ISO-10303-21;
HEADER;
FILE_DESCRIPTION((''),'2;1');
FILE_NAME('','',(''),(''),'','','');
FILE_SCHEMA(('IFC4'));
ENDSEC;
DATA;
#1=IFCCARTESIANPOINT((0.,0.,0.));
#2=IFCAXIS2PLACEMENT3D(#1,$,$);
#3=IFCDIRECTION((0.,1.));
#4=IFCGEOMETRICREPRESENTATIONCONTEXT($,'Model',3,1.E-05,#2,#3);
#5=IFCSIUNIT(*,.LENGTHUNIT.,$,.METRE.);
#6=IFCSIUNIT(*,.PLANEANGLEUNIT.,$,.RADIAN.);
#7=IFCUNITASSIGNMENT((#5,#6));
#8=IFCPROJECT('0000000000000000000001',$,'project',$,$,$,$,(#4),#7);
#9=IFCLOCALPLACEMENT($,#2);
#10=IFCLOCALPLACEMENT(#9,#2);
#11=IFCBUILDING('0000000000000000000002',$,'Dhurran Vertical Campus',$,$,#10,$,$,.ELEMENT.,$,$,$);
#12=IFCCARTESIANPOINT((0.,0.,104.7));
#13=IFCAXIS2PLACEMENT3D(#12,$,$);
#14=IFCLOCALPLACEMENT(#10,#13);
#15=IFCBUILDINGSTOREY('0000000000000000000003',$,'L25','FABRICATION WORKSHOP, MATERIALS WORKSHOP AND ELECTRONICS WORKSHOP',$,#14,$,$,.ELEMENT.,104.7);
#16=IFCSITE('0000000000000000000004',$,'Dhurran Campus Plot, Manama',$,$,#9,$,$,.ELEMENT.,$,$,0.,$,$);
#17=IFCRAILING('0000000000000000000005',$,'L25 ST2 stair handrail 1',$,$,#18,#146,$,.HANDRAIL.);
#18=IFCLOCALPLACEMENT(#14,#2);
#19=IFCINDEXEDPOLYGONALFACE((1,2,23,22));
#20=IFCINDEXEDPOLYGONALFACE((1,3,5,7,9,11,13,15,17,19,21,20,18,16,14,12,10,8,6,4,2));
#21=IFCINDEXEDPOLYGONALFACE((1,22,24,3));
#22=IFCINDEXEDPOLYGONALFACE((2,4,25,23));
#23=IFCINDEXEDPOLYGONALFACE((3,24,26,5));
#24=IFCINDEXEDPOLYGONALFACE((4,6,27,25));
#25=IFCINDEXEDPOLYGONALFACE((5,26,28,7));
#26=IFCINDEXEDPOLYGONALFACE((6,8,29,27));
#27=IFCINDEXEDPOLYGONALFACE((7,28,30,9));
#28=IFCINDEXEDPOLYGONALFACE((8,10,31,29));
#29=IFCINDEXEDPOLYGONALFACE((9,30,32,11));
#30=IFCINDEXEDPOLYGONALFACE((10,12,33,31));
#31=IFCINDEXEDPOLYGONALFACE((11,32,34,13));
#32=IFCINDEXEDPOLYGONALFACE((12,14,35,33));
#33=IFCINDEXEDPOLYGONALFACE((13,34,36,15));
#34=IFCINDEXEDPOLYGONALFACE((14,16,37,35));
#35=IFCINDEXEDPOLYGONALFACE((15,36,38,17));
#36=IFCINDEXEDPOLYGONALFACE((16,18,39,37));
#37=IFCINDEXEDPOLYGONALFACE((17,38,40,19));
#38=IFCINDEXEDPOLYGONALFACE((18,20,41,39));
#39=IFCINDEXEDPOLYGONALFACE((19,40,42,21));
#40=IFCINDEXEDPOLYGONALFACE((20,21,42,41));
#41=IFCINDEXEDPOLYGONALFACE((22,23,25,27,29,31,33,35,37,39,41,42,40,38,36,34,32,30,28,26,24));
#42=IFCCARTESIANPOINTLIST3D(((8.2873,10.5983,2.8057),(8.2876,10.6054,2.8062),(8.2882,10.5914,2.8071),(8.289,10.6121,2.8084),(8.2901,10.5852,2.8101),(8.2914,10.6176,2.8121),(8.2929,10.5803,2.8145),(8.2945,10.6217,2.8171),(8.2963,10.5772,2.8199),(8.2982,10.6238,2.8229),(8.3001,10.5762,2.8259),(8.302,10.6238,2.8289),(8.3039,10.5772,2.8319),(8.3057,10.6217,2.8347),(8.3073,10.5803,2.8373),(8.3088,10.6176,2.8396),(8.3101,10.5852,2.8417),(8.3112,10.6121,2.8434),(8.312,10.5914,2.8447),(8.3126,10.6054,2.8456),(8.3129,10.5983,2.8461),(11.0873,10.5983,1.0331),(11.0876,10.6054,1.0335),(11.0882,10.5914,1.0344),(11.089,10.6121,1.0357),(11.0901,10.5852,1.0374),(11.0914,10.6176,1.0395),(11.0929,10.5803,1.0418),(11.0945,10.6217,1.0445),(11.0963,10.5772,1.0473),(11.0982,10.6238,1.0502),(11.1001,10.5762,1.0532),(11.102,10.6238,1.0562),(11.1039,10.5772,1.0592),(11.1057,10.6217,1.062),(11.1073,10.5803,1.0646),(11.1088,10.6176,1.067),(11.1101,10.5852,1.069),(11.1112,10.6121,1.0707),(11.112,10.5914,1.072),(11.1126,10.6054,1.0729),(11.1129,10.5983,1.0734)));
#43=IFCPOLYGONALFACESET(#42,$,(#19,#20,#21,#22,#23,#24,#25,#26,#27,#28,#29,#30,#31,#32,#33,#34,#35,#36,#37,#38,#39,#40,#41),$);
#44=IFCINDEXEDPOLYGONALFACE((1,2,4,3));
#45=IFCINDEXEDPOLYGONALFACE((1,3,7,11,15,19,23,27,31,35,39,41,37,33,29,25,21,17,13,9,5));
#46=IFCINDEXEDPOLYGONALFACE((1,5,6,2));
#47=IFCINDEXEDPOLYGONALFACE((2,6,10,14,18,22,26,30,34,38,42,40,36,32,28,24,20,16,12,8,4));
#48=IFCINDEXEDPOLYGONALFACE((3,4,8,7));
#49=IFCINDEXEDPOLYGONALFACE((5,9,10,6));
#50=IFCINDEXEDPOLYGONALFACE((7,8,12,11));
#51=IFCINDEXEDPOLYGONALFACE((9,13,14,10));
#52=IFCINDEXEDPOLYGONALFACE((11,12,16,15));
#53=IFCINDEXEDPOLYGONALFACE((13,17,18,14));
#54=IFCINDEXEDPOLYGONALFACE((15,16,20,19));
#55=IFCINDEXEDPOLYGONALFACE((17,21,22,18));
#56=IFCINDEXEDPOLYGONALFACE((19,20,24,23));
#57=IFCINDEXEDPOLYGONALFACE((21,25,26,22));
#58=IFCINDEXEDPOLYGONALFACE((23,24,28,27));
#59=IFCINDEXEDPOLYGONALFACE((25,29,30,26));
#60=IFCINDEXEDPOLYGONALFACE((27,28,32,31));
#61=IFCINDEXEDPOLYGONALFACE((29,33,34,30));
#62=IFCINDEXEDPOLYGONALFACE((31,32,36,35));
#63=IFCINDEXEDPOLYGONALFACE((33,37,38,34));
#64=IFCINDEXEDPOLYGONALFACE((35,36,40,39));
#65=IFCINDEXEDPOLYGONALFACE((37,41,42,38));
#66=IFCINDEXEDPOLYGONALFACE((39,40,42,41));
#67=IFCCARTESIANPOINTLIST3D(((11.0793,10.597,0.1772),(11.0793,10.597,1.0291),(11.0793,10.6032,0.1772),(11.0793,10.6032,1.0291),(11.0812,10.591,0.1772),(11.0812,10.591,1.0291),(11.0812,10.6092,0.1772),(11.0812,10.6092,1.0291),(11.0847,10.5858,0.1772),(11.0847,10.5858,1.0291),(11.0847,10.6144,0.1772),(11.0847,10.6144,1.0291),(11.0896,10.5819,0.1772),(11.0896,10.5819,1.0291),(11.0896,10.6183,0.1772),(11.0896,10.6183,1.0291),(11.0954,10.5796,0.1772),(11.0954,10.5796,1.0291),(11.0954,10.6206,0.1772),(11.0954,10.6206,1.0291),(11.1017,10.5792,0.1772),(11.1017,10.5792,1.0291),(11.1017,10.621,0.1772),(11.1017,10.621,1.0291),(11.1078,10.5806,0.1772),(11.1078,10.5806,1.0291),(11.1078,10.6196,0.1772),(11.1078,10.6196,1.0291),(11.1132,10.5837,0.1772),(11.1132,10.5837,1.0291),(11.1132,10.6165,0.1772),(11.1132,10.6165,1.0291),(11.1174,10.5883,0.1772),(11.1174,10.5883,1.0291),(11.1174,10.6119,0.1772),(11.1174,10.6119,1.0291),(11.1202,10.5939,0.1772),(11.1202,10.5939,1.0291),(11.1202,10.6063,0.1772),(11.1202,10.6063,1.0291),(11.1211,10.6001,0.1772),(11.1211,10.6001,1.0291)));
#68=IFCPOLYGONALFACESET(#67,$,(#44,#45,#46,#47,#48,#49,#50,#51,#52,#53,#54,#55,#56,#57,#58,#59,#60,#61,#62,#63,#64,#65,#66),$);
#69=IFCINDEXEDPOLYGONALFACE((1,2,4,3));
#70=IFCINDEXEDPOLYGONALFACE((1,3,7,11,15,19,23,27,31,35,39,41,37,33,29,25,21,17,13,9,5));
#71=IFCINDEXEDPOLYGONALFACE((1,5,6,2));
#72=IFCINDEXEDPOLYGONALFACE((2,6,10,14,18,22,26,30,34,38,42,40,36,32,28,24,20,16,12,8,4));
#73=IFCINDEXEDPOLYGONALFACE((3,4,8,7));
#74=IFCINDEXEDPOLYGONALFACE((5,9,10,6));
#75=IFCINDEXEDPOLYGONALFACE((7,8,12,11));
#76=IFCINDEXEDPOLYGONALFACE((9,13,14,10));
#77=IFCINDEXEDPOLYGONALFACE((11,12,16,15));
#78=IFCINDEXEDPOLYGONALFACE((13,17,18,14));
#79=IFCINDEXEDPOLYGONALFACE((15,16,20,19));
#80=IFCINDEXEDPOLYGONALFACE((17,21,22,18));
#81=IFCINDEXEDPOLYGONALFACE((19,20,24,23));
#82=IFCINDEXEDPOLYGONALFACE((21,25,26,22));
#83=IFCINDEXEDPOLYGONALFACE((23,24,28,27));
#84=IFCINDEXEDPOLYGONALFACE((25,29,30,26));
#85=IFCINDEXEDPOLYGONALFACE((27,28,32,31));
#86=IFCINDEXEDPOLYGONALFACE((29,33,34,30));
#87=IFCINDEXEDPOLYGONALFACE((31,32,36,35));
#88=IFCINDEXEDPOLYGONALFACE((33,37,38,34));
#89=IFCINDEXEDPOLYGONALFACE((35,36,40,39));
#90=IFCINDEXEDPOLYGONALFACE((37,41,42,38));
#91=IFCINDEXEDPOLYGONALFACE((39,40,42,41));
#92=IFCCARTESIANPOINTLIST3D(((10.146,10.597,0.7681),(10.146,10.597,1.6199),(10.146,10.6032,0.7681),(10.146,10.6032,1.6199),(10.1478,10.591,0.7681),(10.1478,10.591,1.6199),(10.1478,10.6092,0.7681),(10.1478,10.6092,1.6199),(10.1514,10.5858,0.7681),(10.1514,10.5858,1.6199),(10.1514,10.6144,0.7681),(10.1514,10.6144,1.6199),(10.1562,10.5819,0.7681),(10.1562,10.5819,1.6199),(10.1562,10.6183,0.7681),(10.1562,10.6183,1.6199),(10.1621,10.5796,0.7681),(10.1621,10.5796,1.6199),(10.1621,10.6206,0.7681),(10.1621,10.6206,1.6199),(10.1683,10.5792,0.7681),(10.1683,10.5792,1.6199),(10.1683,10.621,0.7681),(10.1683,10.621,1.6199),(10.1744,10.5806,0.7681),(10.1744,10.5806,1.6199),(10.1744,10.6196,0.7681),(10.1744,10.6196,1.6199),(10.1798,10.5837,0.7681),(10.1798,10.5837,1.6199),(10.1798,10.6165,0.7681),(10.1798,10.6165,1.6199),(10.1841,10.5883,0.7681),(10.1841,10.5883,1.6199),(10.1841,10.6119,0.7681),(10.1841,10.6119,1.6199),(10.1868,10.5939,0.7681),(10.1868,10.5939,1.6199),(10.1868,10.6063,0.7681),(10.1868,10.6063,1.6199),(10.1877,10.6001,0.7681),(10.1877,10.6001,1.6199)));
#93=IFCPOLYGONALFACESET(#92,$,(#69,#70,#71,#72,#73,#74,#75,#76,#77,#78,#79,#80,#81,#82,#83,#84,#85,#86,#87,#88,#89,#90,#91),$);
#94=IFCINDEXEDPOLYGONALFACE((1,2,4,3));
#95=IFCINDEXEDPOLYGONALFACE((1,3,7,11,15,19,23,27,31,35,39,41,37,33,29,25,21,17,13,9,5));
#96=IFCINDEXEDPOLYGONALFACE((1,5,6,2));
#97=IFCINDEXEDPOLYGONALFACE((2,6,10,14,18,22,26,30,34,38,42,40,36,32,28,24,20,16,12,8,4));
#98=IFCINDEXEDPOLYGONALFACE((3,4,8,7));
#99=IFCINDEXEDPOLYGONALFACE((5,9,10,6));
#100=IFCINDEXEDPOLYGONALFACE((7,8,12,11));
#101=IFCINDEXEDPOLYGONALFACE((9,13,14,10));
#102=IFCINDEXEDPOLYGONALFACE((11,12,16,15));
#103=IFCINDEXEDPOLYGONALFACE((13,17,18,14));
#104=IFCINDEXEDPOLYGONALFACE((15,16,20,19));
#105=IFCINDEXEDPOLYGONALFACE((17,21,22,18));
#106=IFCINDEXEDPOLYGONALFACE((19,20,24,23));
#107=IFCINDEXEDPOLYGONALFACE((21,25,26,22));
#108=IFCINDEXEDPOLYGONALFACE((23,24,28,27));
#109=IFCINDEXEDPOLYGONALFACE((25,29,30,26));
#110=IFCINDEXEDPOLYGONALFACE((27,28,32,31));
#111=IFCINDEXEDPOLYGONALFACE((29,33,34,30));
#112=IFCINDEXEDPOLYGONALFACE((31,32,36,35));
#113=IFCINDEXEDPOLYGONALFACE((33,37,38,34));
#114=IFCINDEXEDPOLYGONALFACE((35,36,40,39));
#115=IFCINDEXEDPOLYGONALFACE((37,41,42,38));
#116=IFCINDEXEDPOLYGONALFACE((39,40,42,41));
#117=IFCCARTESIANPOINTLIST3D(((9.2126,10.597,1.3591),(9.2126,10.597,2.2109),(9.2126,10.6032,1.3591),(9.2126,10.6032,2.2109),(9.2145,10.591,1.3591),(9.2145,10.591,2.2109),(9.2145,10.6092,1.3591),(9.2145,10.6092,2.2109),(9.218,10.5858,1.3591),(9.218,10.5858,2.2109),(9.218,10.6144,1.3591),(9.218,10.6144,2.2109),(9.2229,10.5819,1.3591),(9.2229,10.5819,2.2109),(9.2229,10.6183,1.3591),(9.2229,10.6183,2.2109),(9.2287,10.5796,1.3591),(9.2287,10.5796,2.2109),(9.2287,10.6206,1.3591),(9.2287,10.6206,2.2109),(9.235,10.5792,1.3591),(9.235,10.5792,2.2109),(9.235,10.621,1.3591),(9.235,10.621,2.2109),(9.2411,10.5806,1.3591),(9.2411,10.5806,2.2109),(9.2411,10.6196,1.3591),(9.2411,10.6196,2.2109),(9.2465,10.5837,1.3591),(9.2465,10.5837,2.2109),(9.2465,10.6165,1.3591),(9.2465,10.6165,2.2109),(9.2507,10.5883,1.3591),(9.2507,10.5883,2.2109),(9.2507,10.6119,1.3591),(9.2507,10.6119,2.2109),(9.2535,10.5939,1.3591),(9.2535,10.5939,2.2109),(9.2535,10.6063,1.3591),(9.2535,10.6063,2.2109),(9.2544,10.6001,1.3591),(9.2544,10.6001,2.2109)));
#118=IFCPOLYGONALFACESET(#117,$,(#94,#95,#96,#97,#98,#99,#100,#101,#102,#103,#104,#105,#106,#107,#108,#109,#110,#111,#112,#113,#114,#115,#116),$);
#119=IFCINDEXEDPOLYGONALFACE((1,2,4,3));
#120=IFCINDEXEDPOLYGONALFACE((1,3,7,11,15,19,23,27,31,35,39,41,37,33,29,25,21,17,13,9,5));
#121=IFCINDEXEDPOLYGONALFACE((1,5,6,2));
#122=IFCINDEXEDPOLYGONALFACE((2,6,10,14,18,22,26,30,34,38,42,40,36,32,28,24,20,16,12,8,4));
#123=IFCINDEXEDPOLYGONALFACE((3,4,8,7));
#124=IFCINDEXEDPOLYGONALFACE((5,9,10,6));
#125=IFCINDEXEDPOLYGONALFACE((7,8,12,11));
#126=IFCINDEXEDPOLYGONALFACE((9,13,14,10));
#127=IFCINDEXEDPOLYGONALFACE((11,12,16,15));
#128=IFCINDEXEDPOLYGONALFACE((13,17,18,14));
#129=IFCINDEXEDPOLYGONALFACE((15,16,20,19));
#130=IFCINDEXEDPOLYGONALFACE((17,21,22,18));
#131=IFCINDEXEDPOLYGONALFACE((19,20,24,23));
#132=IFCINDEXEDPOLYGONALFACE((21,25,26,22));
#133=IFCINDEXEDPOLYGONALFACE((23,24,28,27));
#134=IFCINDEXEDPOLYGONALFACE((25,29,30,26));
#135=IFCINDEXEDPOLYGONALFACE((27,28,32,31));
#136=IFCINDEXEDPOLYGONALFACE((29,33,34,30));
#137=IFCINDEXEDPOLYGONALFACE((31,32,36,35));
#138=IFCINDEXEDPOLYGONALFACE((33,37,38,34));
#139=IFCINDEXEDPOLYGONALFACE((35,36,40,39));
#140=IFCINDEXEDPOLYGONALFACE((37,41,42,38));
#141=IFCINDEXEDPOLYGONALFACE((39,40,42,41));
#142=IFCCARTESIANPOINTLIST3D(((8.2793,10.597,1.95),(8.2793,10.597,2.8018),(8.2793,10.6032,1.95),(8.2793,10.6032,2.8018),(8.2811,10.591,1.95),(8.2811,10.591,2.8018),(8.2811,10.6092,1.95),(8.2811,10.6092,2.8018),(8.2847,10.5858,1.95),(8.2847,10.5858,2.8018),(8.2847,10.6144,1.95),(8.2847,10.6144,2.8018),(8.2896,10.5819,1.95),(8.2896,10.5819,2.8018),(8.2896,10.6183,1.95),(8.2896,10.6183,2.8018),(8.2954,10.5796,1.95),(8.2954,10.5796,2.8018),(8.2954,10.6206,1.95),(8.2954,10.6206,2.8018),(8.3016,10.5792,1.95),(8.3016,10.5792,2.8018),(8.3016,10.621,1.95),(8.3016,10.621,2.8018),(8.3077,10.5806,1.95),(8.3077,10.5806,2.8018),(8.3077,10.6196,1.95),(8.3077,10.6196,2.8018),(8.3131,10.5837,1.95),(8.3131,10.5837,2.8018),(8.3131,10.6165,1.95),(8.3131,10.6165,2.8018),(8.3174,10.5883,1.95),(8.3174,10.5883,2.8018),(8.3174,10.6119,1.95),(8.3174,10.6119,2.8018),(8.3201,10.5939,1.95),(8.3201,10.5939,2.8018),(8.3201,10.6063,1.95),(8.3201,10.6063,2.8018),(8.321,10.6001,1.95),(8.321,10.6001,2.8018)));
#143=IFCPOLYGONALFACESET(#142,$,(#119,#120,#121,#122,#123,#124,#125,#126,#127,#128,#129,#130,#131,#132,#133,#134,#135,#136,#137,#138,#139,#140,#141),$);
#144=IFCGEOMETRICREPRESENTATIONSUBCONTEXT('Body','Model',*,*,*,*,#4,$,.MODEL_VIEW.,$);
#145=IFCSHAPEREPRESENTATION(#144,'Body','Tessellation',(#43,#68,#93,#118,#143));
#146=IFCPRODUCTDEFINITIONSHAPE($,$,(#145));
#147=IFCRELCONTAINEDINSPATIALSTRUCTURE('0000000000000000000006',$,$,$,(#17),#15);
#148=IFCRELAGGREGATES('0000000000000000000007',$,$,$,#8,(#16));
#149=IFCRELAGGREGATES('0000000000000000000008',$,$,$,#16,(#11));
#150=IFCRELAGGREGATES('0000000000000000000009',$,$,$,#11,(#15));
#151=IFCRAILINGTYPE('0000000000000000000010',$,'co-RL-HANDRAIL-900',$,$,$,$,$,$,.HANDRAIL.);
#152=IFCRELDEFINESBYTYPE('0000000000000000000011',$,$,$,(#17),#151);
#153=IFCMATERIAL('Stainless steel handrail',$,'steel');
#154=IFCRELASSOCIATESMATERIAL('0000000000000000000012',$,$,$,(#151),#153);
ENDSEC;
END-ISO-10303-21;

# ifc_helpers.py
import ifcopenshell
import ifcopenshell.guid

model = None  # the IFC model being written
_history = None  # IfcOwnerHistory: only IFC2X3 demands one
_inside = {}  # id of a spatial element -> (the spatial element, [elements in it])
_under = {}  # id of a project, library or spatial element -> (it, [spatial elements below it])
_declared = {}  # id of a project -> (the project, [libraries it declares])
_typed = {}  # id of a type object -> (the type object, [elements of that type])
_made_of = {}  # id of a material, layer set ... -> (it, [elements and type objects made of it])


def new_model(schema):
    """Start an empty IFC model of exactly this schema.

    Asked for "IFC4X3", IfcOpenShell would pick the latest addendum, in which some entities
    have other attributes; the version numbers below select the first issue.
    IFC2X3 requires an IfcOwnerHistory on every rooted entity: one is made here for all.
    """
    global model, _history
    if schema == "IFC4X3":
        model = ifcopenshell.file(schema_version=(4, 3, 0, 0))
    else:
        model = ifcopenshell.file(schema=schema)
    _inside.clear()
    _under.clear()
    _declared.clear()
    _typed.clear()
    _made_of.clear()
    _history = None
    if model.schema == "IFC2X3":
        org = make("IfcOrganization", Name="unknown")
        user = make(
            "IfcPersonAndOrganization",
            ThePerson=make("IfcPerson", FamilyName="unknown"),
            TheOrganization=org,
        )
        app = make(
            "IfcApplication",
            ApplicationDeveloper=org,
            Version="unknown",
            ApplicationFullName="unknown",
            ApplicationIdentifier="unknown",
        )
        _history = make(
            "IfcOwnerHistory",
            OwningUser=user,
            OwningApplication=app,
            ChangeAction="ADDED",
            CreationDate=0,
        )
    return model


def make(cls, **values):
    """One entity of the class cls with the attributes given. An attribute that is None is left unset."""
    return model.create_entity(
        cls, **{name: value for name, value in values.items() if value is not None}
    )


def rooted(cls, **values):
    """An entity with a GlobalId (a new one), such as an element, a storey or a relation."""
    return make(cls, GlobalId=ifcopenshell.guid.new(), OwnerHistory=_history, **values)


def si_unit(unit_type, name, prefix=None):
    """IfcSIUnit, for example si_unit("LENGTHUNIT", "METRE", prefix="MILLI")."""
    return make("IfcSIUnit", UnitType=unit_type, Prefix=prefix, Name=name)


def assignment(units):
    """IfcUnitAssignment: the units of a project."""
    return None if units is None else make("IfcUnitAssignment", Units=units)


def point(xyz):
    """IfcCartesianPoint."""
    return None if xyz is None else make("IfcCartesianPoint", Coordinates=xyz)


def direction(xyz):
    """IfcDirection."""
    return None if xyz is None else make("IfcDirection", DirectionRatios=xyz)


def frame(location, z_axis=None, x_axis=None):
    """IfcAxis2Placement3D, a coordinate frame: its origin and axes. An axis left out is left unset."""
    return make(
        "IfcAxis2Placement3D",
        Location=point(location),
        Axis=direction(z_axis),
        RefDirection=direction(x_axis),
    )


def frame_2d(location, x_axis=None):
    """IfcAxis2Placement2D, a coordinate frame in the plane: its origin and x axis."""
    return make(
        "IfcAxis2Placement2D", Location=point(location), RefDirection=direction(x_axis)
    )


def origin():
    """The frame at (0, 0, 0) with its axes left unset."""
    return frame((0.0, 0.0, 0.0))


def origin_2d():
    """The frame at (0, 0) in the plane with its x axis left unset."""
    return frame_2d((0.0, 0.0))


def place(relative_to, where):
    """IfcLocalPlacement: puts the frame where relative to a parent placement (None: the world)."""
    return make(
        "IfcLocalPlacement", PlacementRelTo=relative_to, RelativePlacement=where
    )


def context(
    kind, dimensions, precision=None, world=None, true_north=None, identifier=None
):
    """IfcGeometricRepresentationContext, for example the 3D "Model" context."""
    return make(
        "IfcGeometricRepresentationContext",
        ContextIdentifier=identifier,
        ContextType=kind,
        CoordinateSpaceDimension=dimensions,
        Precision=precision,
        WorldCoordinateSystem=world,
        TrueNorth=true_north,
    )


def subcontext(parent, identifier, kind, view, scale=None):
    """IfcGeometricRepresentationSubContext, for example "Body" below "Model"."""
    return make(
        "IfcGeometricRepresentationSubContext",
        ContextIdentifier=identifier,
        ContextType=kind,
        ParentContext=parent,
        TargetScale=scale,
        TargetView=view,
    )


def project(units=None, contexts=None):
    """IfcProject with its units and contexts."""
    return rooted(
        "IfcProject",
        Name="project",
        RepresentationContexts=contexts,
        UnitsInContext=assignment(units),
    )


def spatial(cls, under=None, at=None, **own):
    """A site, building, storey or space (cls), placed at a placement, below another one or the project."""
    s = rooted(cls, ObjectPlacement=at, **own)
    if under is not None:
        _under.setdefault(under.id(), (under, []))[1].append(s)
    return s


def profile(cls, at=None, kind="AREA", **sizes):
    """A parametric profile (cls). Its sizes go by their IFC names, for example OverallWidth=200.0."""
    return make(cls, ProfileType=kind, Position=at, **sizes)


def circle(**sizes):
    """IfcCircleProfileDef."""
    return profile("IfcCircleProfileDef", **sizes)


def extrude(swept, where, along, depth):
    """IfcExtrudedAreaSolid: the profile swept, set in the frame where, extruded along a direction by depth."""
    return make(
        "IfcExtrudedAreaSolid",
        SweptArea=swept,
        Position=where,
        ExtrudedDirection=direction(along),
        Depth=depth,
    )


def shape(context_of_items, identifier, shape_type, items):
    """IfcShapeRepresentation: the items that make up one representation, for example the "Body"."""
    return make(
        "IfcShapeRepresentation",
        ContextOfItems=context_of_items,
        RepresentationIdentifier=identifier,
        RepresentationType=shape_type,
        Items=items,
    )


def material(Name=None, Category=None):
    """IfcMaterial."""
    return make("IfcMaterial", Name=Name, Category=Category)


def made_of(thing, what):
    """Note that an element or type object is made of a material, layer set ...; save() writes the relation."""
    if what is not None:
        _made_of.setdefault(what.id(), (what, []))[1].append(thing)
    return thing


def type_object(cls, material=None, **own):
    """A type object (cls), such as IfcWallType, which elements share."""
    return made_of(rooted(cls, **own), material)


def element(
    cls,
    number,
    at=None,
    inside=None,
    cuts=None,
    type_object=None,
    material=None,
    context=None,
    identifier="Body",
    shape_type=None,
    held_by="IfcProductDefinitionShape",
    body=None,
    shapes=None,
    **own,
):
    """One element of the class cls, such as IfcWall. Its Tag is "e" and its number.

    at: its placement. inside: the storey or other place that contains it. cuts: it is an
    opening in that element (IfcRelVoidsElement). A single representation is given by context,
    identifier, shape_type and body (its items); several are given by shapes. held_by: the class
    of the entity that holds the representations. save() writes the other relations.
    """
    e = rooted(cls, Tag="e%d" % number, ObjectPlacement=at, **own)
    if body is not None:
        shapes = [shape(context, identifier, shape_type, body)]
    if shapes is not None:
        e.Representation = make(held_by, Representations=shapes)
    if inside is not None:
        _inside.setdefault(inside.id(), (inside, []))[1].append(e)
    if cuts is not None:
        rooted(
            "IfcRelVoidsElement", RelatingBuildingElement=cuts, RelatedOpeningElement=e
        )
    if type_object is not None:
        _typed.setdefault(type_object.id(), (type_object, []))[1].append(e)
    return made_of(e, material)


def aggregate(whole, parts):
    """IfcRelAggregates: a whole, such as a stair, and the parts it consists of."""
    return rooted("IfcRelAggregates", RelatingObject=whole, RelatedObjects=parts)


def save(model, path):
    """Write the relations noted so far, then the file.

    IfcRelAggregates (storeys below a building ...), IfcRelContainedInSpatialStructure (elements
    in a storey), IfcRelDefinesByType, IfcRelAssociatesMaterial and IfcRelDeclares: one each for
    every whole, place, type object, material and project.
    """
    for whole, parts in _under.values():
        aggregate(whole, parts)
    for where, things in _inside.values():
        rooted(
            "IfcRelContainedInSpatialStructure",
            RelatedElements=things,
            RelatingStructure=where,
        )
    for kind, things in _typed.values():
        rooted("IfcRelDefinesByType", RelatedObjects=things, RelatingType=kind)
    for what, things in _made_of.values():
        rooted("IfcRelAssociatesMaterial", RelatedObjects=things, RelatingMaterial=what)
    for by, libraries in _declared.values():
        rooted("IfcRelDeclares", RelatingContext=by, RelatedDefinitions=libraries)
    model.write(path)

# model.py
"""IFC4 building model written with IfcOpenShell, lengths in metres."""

from ifc_helpers import new_model, si_unit, direction, frame, origin, origin_2d, place, context, subcontext, project, spatial, circle, extrude, material, type_object, element, save


model = new_model("IFC4")

# Units and contexts
model_context = context("Model", 3, precision=1e-05, world=origin(), true_north=direction((0.0, 1.0)))
body_context = subcontext(model_context, "Body", "Model", "MODEL_VIEW")
ifc_project = project(units=[si_unit("LENGTHUNIT", "METRE"), si_unit("PLANEANGLEUNIT", "RADIAN")], contexts=[model_context])

# Site, building, storey
site_placement = place(None, origin())
site = spatial("IfcSite", under=ifc_project, at=site_placement, Name="Dhurran Campus Plot, Manama", CompositionType="ELEMENT", RefElevation=0.0)
building_placement = place(site_placement, origin())
building = spatial("IfcBuilding", under=site, at=building_placement, Name="Dhurran Vertical Campus", CompositionType="ELEMENT")
storey_placement = place(building_placement, frame((0.0, 0.0, 104.7)))
storey = spatial("IfcBuildingStorey", under=building, at=storey_placement, Name="L25", Description="FABRICATION WORKSHOP, MATERIALS WORKSHOP AND ELECTRONICS WORKSHOP", CompositionType="ELEMENT", Elevation=104.7)

# Railing
ifc_material_1 = material(Name="Stainless steel handrail", Category="steel")
railing_type = type_object("IfcRailingType", Name="co-RL-HANDRAIL-900", PredefinedType="HANDRAIL", material=ifc_material_1)
railing_placement = place(storey_placement, frame((11.1001, 10.6001, 0.1772)))
element("IfcRailing", 1, at=railing_placement, inside=storey, type_object=railing_type, Name="L25 ST2 stair handrail 1", PredefinedType="HANDRAIL", context=body_context, shape_type="SweptSolid", body=[
    extrude(circle(Radius=0.0239, at=origin_2d()), frame((0.0, 0.0, 0.876), z_axis=(-0.844909, 0.0, 0.53491), x_axis=(0.0, -1.0, 0.0)), (0.0, 0.0, 1.0), 3.314),
    extrude(circle(Radius=0.021, at=origin_2d()), origin(), (0.0, 0.0, 1.0), 0.8518),
    extrude(circle(Radius=0.021, at=origin_2d()), frame((-0.9333, 0.0, 0.5908)), (0.0, 0.0, 1.0), 0.8518),
    extrude(circle(Radius=0.021, at=origin_2d()), frame((-1.8667, 0.0, 1.1819)), (0.0, 0.0, 1.0), 0.8518),
    extrude(circle(Radius=0.021, at=origin_2d()), frame((-2.8, 0.0, 1.7727)), (0.0, 0.0, 1.0), 0.8518),
])

save(model, "model.ifc")
